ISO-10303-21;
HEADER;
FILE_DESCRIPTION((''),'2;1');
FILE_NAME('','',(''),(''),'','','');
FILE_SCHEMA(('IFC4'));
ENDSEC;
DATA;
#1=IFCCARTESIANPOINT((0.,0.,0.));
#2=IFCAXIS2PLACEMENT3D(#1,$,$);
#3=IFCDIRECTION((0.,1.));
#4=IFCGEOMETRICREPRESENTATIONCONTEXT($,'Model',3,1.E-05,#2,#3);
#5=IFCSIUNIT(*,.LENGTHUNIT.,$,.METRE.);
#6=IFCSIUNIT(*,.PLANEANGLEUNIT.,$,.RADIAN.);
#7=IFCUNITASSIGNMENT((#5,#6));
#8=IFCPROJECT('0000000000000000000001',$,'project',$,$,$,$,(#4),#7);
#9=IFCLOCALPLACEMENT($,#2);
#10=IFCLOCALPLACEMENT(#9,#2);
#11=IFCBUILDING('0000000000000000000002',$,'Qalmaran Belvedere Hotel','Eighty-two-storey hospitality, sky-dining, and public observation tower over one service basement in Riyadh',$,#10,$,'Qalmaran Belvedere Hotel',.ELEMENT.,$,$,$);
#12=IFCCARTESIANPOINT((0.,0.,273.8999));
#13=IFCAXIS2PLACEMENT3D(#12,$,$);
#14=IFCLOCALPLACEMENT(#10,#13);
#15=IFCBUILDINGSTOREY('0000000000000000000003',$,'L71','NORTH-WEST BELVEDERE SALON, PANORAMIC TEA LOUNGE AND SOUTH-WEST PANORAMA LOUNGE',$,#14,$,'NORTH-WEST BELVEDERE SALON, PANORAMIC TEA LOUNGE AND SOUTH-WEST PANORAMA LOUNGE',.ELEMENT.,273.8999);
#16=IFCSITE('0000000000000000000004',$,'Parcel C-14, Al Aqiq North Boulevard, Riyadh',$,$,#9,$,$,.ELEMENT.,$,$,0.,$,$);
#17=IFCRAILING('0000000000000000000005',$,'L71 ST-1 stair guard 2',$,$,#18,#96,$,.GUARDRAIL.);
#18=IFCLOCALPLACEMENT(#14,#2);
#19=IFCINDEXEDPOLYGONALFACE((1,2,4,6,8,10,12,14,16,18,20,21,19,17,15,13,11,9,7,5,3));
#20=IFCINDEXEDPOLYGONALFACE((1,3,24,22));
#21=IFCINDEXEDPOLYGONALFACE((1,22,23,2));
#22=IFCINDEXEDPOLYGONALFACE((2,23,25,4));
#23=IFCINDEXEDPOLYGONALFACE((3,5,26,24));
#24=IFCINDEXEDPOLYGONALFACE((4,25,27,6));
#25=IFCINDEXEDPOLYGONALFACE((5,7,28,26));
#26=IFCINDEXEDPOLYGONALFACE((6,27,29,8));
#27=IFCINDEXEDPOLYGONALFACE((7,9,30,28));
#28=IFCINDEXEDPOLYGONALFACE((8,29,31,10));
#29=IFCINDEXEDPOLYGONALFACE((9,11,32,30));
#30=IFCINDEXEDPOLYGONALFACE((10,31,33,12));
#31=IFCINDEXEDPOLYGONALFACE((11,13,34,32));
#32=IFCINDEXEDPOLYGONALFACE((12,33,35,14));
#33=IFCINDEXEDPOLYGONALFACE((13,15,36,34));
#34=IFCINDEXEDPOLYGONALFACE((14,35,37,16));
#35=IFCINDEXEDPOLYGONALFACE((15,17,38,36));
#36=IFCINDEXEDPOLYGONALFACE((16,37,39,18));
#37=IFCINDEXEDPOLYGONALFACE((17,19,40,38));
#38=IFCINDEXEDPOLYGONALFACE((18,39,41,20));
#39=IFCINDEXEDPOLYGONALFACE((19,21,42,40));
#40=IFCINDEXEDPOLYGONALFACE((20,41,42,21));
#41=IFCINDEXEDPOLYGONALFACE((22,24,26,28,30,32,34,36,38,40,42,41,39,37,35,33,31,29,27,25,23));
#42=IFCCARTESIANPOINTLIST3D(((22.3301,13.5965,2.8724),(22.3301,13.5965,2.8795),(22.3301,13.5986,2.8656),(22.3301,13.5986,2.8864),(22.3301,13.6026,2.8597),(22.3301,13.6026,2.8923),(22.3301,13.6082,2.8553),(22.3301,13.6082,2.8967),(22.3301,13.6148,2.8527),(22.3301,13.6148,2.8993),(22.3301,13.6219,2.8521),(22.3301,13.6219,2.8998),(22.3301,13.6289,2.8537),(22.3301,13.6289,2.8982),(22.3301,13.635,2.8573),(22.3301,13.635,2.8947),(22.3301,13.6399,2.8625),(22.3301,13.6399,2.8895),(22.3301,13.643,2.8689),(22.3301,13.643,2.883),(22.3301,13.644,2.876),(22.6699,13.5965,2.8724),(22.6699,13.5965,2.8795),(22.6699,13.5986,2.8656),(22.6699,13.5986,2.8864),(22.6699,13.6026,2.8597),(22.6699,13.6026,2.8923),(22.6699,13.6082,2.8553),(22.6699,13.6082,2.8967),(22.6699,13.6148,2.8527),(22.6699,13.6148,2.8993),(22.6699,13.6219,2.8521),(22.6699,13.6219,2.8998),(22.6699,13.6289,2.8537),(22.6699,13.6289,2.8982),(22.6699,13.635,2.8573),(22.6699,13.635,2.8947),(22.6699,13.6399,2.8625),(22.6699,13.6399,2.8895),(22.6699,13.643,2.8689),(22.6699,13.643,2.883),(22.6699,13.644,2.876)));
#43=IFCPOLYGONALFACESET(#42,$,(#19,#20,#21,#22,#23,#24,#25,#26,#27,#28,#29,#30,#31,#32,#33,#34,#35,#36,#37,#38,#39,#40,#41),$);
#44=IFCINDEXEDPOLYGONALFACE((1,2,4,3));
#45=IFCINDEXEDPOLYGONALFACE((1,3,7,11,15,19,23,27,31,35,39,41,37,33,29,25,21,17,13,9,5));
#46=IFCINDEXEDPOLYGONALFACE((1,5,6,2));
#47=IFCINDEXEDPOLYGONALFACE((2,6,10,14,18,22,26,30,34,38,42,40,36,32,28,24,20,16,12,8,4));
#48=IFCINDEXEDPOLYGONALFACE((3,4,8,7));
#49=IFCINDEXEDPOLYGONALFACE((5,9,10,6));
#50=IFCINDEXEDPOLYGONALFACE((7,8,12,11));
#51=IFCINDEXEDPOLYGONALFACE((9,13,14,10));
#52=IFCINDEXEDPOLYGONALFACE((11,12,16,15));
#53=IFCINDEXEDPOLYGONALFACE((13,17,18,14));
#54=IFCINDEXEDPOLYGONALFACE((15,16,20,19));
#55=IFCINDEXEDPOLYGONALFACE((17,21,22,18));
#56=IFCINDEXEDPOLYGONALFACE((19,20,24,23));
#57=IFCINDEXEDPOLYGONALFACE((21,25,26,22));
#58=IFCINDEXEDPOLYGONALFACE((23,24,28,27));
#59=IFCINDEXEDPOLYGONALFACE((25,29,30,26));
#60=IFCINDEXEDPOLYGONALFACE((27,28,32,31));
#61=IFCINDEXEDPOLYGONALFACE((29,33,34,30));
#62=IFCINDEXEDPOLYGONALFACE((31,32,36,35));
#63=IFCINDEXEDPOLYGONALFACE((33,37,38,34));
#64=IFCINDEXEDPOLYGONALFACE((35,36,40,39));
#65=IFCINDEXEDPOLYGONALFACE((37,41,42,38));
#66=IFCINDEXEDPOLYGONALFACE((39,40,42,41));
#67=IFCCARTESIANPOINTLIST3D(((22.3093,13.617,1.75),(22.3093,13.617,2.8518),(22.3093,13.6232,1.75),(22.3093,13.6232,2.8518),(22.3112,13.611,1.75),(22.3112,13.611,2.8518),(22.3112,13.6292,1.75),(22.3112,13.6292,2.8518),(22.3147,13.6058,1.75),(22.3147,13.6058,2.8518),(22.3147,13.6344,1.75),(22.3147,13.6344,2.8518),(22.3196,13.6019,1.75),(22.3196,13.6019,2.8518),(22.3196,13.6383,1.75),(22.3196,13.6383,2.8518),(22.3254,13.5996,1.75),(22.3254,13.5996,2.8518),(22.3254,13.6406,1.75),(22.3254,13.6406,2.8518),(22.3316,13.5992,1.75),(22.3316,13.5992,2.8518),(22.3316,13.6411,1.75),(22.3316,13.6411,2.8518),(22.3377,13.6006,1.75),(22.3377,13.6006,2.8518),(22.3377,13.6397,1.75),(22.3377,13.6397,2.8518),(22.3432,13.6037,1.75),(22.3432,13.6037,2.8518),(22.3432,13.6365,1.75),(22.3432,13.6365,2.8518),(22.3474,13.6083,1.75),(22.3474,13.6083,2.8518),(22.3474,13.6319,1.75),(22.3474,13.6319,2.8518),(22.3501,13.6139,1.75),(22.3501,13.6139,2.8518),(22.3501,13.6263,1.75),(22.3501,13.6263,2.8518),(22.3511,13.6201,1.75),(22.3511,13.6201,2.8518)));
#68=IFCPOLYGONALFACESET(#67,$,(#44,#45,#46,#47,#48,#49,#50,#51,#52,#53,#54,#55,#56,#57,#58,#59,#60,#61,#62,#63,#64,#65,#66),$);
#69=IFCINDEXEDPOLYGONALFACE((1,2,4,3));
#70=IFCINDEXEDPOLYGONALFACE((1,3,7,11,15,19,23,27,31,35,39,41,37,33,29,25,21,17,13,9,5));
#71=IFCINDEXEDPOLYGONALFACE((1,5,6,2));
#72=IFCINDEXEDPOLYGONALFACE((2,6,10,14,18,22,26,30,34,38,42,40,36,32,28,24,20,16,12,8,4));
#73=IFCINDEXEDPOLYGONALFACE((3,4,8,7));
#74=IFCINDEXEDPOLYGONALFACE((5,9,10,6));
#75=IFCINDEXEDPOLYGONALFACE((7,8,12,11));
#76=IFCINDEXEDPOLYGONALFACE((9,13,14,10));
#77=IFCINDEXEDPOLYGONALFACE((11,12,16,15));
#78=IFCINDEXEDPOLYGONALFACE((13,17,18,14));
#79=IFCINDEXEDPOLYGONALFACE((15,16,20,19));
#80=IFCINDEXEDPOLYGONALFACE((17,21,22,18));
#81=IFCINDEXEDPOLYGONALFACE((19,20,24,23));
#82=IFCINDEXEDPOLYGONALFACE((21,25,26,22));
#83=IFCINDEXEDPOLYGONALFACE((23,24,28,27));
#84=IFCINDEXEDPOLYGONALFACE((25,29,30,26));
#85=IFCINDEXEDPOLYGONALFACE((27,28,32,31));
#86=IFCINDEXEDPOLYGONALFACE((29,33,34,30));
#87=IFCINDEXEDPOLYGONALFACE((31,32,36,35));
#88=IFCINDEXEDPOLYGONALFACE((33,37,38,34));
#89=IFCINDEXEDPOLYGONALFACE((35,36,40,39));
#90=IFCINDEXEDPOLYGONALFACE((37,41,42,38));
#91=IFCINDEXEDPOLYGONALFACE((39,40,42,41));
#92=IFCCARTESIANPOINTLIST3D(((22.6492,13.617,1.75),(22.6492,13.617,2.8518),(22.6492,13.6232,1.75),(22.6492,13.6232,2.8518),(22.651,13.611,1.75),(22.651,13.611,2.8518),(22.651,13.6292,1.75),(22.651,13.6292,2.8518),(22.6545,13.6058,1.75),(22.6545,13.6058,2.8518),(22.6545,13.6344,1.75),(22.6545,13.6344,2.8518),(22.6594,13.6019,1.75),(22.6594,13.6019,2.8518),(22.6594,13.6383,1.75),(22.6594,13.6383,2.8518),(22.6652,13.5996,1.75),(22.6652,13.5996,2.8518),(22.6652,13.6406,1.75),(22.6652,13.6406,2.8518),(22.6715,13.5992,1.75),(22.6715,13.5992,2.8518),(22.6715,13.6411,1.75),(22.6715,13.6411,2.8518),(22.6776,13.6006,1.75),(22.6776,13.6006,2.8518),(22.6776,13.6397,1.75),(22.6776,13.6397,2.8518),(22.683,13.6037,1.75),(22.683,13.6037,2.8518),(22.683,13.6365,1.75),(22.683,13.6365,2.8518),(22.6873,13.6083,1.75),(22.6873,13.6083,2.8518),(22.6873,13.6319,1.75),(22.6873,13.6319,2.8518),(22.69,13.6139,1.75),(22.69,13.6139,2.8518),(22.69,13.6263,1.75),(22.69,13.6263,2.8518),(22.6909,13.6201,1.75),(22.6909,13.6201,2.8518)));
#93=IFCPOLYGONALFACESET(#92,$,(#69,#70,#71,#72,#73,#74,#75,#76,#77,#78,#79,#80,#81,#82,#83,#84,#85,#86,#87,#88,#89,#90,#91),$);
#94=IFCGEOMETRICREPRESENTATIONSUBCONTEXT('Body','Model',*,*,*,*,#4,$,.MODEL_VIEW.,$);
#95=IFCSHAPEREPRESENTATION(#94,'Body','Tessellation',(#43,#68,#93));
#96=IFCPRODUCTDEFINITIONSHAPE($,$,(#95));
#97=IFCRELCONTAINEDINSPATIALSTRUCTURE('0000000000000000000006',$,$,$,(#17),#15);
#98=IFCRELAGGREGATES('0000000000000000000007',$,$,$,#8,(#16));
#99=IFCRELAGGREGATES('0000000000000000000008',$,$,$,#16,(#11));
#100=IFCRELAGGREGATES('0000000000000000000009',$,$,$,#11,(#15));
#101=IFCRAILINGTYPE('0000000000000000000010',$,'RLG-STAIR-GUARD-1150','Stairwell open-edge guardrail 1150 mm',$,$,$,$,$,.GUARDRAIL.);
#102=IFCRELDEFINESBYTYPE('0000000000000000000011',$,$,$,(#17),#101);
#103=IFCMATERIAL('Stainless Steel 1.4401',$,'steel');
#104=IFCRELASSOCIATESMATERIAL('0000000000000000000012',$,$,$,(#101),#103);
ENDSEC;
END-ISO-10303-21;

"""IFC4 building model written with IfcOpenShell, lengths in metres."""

from ifc_helpers import new_model, si_unit, direction, frame, origin, origin_2d, place, context, subcontext, project, spatial, circle, extrude, material, type_object, element, save


model = new_model("IFC4")

# Units and contexts
model_context = context("Model", 3, precision=1e-05, world=origin(), true_north=direction((0.0, 1.0)))
body_context = subcontext(model_context, "Body", "Model", "MODEL_VIEW")
ifc_project = project(units=[si_unit("LENGTHUNIT", "METRE"), si_unit("PLANEANGLEUNIT", "RADIAN")], contexts=[model_context])

# Site, building, storey
site_placement = place(None, origin())
site = spatial("IfcSite", under=ifc_project, at=site_placement, Name="Parcel C-14, Al Aqiq North Boulevard, Riyadh", CompositionType="ELEMENT", RefElevation=0.0)
building_placement = place(site_placement, origin())
building = spatial("IfcBuilding", under=site, at=building_placement, Name="Qalmaran Belvedere Hotel", Description="Eighty-two-storey hospitality, sky-dining, and public observation tower over one service basement in Riyadh", LongName="Qalmaran Belvedere Hotel", CompositionType="ELEMENT")
storey_placement = place(building_placement, frame((0.0, 0.0, 273.8999)))
storey = spatial("IfcBuildingStorey", under=building, at=storey_placement, Name="L71", Description="NORTH-WEST BELVEDERE SALON, PANORAMIC TEA LOUNGE AND SOUTH-WEST PANORAMA LOUNGE", LongName="NORTH-WEST BELVEDERE SALON, PANORAMIC TEA LOUNGE AND SOUTH-WEST PANORAMA LOUNGE", CompositionType="ELEMENT", Elevation=273.8999)

# Railing
ifc_material_1 = material(Name="Stainless Steel 1.4401", Category="steel")
railing_type_1 = type_object("IfcRailingType", Name="RLG-STAIR-GUARD-1150", Description="Stairwell open-edge guardrail 1150 mm", PredefinedType="GUARDRAIL", material=ifc_material_1)
railing_1_placement = place(storey_placement, frame((22.3301, 13.6201, 1.75)))
element("IfcRailing", 1, at=railing_1_placement, inside=storey, type_object=railing_type_1, Name="L71 ST-1 stair guard 2", PredefinedType="GUARDRAIL", context=body_context, shape_type="SweptSolid", body=[
    extrude(circle(Radius=0.0239, at=origin_2d()), frame((0.0, 0.0, 1.126), z_axis=(1.0, 0.0, 0.0), x_axis=(0.0, 1.0, 0.0)), (0.0, 0.0, 1.0), 0.3398),
    extrude(circle(Radius=0.021, at=origin_2d()), origin(), (0.0, 0.0, 1.0), 1.1018),
    extrude(circle(Radius=0.021, at=origin_2d()), frame((0.3398, 0.0, 0.0)), (0.0, 0.0, 1.0), 1.1018),
])

save(model, "model.ifc")
